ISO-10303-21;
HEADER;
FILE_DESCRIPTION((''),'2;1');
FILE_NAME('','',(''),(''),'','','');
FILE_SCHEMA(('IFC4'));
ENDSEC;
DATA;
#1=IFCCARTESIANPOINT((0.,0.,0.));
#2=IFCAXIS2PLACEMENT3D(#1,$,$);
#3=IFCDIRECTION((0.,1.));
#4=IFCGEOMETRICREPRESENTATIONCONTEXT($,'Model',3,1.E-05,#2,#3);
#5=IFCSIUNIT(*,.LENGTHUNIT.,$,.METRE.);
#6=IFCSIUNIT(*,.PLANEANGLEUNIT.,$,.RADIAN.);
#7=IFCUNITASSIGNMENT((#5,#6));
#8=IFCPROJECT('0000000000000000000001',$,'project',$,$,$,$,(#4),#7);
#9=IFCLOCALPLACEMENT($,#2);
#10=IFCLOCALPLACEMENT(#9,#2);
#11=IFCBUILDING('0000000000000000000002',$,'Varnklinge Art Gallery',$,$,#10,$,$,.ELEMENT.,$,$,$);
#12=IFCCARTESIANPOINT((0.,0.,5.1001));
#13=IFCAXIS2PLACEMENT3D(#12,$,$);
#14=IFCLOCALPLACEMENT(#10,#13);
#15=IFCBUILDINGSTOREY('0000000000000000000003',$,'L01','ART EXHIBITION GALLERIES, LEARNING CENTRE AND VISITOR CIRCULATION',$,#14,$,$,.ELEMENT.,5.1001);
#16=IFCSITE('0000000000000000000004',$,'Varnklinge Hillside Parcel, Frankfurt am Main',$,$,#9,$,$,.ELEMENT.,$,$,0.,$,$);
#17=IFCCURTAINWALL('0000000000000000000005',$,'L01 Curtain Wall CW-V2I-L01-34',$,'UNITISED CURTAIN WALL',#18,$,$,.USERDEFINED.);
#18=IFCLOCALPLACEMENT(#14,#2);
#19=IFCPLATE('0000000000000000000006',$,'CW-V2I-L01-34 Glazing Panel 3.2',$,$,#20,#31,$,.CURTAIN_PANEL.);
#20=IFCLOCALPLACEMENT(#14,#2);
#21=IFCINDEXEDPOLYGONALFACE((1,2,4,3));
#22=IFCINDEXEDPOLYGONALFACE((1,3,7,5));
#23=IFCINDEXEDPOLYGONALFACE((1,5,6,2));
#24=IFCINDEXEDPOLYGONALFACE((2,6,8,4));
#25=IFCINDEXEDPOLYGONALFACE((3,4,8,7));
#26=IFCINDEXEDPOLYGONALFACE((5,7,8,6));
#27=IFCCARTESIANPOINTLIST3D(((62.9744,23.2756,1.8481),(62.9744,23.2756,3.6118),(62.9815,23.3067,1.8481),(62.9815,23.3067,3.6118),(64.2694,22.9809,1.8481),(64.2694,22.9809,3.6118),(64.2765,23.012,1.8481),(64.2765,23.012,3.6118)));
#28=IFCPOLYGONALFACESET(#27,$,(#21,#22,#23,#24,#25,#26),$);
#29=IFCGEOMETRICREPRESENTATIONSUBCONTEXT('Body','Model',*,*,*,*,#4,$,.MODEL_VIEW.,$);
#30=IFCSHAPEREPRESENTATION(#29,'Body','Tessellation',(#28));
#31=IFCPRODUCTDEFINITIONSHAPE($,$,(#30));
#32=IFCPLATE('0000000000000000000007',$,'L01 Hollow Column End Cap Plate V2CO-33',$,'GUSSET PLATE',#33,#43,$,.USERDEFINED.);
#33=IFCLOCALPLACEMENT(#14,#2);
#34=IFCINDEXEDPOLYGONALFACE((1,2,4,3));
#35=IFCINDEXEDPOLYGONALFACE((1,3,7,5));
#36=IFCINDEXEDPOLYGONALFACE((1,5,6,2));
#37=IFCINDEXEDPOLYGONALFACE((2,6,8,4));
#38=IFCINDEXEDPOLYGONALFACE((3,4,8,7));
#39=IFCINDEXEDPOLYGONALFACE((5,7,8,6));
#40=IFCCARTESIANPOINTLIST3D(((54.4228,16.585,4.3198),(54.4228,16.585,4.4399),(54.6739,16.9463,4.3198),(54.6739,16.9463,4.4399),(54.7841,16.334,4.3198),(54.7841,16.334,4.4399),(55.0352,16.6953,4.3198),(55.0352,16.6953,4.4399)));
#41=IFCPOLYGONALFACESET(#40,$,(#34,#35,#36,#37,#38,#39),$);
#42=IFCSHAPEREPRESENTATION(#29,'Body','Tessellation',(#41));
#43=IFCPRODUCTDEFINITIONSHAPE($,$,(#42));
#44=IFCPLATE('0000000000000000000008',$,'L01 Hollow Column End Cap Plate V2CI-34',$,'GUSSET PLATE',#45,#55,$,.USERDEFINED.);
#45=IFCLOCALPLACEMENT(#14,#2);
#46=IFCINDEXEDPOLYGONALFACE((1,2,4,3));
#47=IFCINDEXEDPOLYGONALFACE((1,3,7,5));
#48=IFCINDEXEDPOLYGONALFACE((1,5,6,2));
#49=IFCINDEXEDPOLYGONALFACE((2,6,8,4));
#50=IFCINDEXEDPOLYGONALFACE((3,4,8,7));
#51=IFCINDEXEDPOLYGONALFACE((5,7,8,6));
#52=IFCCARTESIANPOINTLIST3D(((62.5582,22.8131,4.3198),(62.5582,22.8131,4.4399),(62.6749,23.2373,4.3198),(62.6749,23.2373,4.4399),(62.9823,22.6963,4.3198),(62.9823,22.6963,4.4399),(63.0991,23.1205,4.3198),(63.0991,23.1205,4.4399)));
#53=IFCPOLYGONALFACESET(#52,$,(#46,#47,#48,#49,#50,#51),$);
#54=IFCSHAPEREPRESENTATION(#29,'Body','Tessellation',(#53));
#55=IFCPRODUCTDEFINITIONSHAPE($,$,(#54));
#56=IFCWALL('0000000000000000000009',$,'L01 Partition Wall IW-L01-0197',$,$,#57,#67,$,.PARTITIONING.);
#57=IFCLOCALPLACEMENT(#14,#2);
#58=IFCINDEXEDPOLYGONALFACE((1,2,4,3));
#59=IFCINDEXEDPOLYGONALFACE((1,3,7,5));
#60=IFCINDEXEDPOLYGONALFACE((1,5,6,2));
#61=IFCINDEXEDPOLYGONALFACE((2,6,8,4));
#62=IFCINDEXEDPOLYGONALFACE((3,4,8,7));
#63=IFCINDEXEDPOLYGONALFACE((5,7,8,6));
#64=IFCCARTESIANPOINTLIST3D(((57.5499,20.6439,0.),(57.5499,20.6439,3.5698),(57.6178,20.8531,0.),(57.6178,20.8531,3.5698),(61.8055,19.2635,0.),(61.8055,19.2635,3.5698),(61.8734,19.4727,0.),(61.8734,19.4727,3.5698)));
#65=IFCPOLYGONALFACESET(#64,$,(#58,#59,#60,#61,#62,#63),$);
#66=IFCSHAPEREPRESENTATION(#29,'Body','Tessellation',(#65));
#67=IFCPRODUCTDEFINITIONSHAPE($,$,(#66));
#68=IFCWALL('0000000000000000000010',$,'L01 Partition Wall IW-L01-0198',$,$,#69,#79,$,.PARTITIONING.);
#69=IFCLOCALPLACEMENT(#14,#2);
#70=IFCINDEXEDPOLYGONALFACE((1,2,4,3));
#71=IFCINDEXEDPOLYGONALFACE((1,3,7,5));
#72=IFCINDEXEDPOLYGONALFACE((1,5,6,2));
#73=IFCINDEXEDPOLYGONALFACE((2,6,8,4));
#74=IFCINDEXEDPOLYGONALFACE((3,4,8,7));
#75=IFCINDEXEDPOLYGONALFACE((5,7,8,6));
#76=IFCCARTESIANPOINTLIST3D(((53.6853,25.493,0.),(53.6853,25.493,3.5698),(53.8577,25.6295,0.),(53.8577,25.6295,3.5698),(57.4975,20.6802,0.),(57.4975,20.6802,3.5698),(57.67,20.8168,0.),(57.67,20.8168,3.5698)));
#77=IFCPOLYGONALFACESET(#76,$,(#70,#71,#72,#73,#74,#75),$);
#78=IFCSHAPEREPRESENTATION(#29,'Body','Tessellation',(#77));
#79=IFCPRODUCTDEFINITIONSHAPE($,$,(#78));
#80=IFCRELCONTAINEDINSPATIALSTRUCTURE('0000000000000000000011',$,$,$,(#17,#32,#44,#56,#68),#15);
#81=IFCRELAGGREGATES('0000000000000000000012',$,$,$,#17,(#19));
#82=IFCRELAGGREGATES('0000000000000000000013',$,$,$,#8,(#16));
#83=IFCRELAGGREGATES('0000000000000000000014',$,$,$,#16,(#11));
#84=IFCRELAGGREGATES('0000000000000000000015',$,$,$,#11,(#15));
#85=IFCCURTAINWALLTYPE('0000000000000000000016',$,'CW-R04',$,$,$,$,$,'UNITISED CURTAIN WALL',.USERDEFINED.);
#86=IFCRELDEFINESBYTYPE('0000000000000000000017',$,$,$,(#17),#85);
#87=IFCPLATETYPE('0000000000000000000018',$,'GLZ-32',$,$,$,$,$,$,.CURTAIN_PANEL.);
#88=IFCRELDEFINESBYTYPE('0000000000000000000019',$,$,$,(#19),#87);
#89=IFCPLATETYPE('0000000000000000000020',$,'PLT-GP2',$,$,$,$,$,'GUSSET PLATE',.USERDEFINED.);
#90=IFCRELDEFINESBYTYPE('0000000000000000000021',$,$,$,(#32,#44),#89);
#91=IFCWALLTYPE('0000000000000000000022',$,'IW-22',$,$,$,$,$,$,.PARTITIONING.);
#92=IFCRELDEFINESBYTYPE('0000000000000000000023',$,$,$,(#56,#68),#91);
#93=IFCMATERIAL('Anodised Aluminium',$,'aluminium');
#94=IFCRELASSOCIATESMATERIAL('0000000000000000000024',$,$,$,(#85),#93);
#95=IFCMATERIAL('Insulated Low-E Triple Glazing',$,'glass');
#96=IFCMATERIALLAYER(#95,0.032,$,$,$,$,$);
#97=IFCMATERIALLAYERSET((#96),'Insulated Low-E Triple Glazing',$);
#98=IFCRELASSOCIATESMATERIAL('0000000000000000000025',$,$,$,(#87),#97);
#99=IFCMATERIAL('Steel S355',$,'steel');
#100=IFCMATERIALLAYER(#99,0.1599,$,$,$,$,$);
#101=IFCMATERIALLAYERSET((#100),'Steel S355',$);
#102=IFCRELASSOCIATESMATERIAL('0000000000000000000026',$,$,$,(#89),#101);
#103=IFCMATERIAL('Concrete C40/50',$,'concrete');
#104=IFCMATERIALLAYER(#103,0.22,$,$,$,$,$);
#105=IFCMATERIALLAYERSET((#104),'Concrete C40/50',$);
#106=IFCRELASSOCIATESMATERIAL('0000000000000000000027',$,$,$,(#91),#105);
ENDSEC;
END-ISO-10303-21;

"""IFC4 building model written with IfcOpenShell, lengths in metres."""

from ifc_helpers import new_model, si_unit, direction, frame, frame_2d, origin, origin_2d, place, context, subcontext, project, spatial, rectangle, extrude, material, layer, layer_set, type_object, element, aggregate, save


model = new_model("IFC4")

# Units and contexts
model_context = context("Model", 3, precision=1e-05, world=origin(), true_north=direction((0.0, 1.0)))
body_context = subcontext(model_context, "Body", "Model", "MODEL_VIEW")
ifc_project = project(units=[si_unit("LENGTHUNIT", "METRE"), si_unit("PLANEANGLEUNIT", "RADIAN")], contexts=[model_context])

# Site, building, storey
site_placement = place(None, origin())
site = spatial("IfcSite", under=ifc_project, at=site_placement, Name="Varnklinge Hillside Parcel, Frankfurt am Main", CompositionType="ELEMENT", RefElevation=0.0)
building_placement = place(site_placement, origin())
building = spatial("IfcBuilding", under=site, at=building_placement, Name="Varnklinge Art Gallery", CompositionType="ELEMENT")
storey_placement = place(building_placement, frame((0.0, 0.0, 5.1001)))
storey = spatial("IfcBuildingStorey", under=building, at=storey_placement, Name="L01", Description="ART EXHIBITION GALLERIES, LEARNING CENTRE AND VISITOR CIRCULATION", CompositionType="ELEMENT", Elevation=5.1001)

# Shared definitions
ifc_material_1 = material(Name="Anodised Aluminium", Category="aluminium")
curtain_wall_type = type_object("IfcCurtainWallType", Name="CW-R04", ElementType="UNITISED CURTAIN WALL", PredefinedType="USERDEFINED", material=ifc_material_1)

# Curtain wall
curtain_wall_1_placement = place(storey_placement, origin())
curtain_wall_1 = element("IfcCurtainWall", 1, at=curtain_wall_1_placement, inside=storey, type_object=curtain_wall_type, Name="L01 Curtain Wall CW-V2I-L01-34", ObjectType="UNITISED CURTAIN WALL", PredefinedType="USERDEFINED")

# Plate
ifc_material_2 = material(Name="Insulated Low-E Triple Glazing", Category="glass")
ifc_layer_1 = layer(ifc_material_2, 0.032)
ifc_layer_set_1 = layer_set([ifc_layer_1], Name="Insulated Low-E Triple Glazing")
plate_type_1 = type_object("IfcPlateType", Name="GLZ-32", PredefinedType="CURTAIN_PANEL", material=ifc_layer_set_1)
plate_1_placement = place(storey_placement, frame((63.6255, 23.1438, 1.8481), z_axis=(0.0, 0.0, 1.0), x_axis=(-0.975072, 0.221889, 0.0)))
plate_1 = element("IfcPlate", 2, at=plate_1_placement, type_object=plate_type_1, Name="CW-V2I-L01-34 Glazing Panel 3.2", PredefinedType="CURTAIN_PANEL", context=body_context, shape_type="SweptSolid", body=[
    extrude(rectangle(XDim=1.3281, YDim=0.032, at=origin_2d()), origin(), (0.0, 0.0, 1.0), 1.7637),
])
aggregate(curtain_wall_1, [plate_1])

# Plates
ifc_material_3 = material(Name="Steel S355", Category="steel")
ifc_layer_2 = layer(ifc_material_3, 0.1599)
ifc_layer_set_2 = layer_set([ifc_layer_2], Name="Steel S355")
plate_type_2 = type_object("IfcPlateType", Name="PLT-GP2", ElementType="GUSSET PLATE", PredefinedType="USERDEFINED", material=ifc_layer_set_2)
for number, where, z_axis, x_axis, name in (
    (3, (54.729, 16.6401, 4.3198), (0.0, 0.0, 1.0), (0.57057, 0.821249, 0.0), "L01 Hollow Column End Cap Plate V2CO-33"),
    (4, (62.8286, 22.9668, 4.3198), (0.0, 0.0, 1.0), (0.265388, 0.964142, 0.0), "L01 Hollow Column End Cap Plate V2CI-34"),
):
    element("IfcPlate", number, at=place(storey_placement, frame(where, z_axis=z_axis, x_axis=x_axis)), inside=storey, type_object=plate_type_2, Name=name, ObjectType="GUSSET PLATE", PredefinedType="USERDEFINED", context=body_context, shape_type="SweptSolid", body=[
        extrude(rectangle(XDim=0.4399, YDim=0.4399, at=origin_2d()), origin(), (0.0, 0.0, 1.0), 0.1201),
    ])

# Walls
ifc_material_4 = material(Name="Concrete C40/50", Category="concrete")
ifc_layer_3 = layer(ifc_material_4, 0.22)
ifc_layer_set_3 = layer_set([ifc_layer_3], Name="Concrete C40/50")
wall_type = type_object("IfcWallType", Name="IW-22", PredefinedType="PARTITIONING", material=ifc_layer_set_3)
wall_1_placement = place(storey_placement, frame((61.8394, 19.3682, 0.0), z_axis=(0.0, 0.0, 1.0), x_axis=(-0.951212, 0.308539, 0.0)))
element("IfcWall", 5, at=wall_1_placement, inside=storey, type_object=wall_type, Name="L01 Partition Wall IW-L01-0197", PredefinedType="PARTITIONING", context=body_context, shape_type="SweptSolid", body=[
    extrude(rectangle(XDim=4.4739, YDim=0.22, at=frame_2d((2.2368, 0.0))), origin(), (0.0, 0.0, 1.0), 3.5698),
])
wall_2_placement = place(storey_placement, frame((57.5837, 20.7485, 0.0), z_axis=(0.0, 0.0, 1.0), x_axis=(-0.62092, 0.783874, 0.0)))
element("IfcWall", 6, at=wall_2_placement, inside=storey, type_object=wall_type, Name="L01 Partition Wall IW-L01-0198", PredefinedType="PARTITIONING", context=body_context, shape_type="SweptSolid", body=[
    extrude(rectangle(XDim=6.1396, YDim=0.22, at=frame_2d((3.0698, 0.0))), origin(), (0.0, 0.0, 1.0), 3.5698),
])

save(model, "model.ifc")
